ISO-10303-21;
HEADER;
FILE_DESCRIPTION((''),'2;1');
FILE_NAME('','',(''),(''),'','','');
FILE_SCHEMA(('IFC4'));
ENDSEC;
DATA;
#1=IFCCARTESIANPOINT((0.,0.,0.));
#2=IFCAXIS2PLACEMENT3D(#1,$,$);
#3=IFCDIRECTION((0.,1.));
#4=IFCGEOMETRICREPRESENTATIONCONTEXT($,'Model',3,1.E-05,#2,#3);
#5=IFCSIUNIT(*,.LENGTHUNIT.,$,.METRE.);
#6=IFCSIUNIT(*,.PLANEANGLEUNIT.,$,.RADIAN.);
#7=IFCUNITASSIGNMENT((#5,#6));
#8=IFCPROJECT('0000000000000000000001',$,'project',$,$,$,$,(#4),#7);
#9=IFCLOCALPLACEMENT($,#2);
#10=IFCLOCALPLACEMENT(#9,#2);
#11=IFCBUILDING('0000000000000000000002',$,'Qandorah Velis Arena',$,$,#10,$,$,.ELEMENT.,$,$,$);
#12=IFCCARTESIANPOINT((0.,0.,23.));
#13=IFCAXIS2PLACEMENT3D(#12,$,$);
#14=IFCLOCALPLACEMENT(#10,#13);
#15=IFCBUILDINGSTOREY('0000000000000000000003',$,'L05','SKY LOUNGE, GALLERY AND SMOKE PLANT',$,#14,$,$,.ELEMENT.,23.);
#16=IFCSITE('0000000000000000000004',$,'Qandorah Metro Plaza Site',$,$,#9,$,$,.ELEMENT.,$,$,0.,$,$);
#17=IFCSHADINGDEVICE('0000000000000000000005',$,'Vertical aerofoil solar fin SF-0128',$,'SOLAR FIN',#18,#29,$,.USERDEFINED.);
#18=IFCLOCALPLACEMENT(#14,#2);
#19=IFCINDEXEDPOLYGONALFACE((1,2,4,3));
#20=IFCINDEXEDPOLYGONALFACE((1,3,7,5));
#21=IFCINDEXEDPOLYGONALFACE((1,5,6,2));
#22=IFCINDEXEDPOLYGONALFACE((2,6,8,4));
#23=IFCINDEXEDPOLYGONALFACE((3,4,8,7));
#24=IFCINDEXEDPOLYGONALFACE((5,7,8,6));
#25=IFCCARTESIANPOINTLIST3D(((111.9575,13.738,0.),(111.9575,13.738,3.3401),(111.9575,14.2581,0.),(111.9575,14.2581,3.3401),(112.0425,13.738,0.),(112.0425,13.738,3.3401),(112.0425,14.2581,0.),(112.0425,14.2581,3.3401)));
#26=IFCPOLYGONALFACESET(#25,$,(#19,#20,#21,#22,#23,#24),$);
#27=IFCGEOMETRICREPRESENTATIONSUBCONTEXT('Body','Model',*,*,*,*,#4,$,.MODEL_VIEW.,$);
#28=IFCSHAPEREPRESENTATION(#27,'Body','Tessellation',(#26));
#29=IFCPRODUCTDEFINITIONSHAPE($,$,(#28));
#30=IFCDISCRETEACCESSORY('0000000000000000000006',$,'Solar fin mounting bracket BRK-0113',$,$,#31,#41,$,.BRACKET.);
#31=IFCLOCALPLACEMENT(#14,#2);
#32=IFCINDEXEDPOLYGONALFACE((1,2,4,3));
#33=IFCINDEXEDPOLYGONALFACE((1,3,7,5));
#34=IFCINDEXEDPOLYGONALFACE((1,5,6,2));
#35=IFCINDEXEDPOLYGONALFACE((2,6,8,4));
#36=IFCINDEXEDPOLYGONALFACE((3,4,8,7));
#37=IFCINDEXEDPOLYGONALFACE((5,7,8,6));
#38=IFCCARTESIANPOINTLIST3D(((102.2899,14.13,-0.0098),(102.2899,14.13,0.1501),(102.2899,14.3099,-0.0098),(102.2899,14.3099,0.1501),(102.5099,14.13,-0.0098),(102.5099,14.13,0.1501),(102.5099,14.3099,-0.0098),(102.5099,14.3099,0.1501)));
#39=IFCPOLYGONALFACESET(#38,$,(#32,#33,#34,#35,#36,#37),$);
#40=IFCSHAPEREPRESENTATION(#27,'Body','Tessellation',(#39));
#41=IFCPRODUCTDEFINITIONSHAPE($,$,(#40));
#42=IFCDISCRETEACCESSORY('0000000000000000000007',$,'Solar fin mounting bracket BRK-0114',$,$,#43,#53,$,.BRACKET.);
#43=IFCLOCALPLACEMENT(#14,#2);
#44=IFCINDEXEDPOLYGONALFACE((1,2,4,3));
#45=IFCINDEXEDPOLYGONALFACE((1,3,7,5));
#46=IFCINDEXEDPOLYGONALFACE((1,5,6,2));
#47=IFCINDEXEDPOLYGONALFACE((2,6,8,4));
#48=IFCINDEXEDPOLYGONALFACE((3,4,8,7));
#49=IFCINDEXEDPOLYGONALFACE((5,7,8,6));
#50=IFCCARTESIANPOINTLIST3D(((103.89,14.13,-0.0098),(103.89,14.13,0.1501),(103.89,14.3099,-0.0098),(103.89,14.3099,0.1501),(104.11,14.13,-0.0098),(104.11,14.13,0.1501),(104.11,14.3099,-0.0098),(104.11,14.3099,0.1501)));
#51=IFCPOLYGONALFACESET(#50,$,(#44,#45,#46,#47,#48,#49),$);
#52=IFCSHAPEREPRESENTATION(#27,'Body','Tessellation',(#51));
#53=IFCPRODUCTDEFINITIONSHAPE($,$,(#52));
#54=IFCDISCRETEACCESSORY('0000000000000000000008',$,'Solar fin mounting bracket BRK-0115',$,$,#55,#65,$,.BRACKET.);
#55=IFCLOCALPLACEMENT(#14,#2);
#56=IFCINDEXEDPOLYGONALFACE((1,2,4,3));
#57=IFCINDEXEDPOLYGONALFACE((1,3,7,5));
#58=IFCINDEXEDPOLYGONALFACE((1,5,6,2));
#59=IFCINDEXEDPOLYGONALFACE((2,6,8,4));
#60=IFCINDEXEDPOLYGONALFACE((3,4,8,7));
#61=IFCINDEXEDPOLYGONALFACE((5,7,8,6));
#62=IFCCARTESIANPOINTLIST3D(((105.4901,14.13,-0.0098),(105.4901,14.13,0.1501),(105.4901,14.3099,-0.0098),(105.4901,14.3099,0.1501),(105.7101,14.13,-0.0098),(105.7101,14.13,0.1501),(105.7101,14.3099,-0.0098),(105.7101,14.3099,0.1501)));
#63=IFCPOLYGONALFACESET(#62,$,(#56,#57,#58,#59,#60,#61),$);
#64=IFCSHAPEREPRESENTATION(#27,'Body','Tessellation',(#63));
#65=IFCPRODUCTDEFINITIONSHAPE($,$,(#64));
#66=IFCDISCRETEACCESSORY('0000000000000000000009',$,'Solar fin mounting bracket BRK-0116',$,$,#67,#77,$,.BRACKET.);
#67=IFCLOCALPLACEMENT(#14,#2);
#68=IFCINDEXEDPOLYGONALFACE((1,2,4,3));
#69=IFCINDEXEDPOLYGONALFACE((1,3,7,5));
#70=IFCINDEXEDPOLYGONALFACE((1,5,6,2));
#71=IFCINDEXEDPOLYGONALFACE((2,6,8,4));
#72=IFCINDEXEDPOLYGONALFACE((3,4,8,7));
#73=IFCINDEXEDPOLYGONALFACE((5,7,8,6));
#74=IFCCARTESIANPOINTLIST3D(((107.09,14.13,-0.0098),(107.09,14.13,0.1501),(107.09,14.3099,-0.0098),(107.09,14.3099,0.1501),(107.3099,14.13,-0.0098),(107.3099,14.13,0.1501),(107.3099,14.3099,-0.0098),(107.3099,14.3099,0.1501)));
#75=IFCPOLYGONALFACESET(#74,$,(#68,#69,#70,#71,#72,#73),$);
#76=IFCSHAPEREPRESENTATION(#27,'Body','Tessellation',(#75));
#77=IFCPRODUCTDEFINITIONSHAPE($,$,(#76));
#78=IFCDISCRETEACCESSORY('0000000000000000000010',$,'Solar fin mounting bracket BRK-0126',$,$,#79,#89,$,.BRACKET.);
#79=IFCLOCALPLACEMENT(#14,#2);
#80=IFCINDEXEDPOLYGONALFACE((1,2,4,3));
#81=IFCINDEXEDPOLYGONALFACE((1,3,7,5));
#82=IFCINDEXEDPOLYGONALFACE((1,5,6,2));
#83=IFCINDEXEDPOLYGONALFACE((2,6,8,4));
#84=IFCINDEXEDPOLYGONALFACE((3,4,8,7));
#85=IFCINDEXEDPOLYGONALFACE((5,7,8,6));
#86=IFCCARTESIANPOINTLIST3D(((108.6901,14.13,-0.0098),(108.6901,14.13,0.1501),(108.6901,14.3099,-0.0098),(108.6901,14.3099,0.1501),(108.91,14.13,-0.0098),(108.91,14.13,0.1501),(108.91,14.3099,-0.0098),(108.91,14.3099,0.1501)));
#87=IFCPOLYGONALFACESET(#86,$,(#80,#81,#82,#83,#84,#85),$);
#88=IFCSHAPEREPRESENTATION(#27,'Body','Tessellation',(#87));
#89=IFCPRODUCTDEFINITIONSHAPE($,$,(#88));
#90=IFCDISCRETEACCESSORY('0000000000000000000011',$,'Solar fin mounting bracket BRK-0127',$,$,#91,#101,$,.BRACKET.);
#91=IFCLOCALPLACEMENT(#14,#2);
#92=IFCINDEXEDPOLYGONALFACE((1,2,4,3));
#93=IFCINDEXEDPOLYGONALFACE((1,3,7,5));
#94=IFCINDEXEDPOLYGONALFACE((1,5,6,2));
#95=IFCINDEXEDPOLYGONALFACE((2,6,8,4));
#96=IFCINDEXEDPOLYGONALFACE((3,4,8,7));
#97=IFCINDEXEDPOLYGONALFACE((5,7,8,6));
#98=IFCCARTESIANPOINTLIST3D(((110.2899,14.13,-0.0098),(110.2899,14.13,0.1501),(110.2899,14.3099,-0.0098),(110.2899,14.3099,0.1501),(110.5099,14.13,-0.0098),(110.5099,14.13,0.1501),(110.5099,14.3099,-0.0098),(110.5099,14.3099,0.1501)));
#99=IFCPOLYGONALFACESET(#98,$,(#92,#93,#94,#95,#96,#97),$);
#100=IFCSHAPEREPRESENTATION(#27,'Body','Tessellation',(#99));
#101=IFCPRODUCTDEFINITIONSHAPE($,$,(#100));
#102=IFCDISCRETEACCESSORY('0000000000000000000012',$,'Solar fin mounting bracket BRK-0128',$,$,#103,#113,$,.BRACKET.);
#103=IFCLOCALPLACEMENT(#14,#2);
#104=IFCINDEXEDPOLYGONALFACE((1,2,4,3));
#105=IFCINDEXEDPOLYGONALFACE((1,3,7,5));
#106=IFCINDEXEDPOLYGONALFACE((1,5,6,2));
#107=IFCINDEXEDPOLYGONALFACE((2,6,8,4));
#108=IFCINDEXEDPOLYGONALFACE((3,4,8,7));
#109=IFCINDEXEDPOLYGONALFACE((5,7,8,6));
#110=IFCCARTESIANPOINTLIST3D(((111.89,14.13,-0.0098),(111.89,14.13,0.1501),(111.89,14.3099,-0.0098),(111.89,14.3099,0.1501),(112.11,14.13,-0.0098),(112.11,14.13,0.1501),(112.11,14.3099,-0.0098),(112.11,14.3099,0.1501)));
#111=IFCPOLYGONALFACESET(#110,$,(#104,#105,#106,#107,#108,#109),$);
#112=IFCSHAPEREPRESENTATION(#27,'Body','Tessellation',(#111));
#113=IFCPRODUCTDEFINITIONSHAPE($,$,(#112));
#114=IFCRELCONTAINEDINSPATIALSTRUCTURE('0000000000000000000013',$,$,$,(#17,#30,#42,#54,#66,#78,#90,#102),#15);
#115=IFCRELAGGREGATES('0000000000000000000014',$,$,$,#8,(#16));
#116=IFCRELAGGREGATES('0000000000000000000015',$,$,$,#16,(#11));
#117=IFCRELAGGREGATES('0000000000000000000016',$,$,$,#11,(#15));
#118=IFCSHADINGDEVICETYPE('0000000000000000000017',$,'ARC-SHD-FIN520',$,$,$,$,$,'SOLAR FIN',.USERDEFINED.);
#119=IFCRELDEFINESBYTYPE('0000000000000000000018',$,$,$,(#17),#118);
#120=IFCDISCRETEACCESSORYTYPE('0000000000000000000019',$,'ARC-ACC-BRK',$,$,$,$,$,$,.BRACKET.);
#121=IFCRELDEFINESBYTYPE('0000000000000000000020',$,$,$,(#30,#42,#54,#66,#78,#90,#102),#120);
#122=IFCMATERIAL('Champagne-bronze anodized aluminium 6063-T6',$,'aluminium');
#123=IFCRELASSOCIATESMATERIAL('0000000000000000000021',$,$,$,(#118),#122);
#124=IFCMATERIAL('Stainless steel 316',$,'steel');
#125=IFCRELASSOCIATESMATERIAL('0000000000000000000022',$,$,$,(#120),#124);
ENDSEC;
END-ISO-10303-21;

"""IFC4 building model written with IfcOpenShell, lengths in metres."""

from ifc_helpers import new_model, si_unit, direction, frame, origin, origin_2d, place, context, subcontext, project, spatial, rectangle, extrude, material, type_object, element, save


model = new_model("IFC4")

# Units and contexts
model_context = context("Model", 3, precision=1e-05, world=origin(), true_north=direction((0.0, 1.0)))
body_context = subcontext(model_context, "Body", "Model", "MODEL_VIEW")
ifc_project = project(units=[si_unit("LENGTHUNIT", "METRE"), si_unit("PLANEANGLEUNIT", "RADIAN")], contexts=[model_context])

# Site, building, storey
site_placement = place(None, origin())
site = spatial("IfcSite", under=ifc_project, at=site_placement, Name="Qandorah Metro Plaza Site", CompositionType="ELEMENT", RefElevation=0.0)
building_placement = place(site_placement, origin())
building = spatial("IfcBuilding", under=site, at=building_placement, Name="Qandorah Velis Arena", CompositionType="ELEMENT")
storey_placement = place(building_placement, frame((0.0, 0.0, 23.0)))
storey = spatial("IfcBuildingStorey", under=building, at=storey_placement, Name="L05", Description="SKY LOUNGE, GALLERY AND SMOKE PLANT", CompositionType="ELEMENT", Elevation=23.0)

# Shared definitions
ifc_material_1 = material(Name="Champagne-bronze anodized aluminium 6063-T6", Category="aluminium")

# Shading device
shading_device_type = type_object("IfcShadingDeviceType", Name="ARC-SHD-FIN520", ElementType="SOLAR FIN", PredefinedType="USERDEFINED", material=ifc_material_1)
for number, where, z_axis, x_axis, name in (
    (1, (112.0, 13.998, 0.0), (0.0, 0.0, 1.0), (1.0, 0.0, 0.0), "Vertical aerofoil solar fin SF-0128"),
):
    element("IfcShadingDevice", number, at=place(storey_placement, frame(where, z_axis=z_axis, x_axis=x_axis)), inside=storey, type_object=shading_device_type, Name=name, ObjectType="SOLAR FIN", PredefinedType="USERDEFINED", context=body_context, shape_type="SweptSolid", body=[
        extrude(rectangle(XDim=0.085, YDim=0.52, at=origin_2d()), origin(), (0.0, 0.0, 1.0), 3.3401),
    ])

# Discrete accessories
ifc_material_2 = material(Name="Stainless steel 316", Category="steel")
discrete_accessory_type = type_object("IfcDiscreteAccessoryType", Name="ARC-ACC-BRK", PredefinedType="BRACKET", material=ifc_material_2)
for number, where, z_axis, x_axis, name in (
    (2, (102.3999, 14.22, -0.0098), (0.0, 0.0, 1.0), (1.0, 0.0, 0.0), "Solar fin mounting bracket BRK-0113"),
    (3, (104.0, 14.22, -0.0098), (0.0, 0.0, 1.0), (1.0, 0.0, 0.0), "Solar fin mounting bracket BRK-0114"),
    (4, (105.6001, 14.22, -0.0098), (0.0, 0.0, 1.0), (1.0, 0.0, 0.0), "Solar fin mounting bracket BRK-0115"),
    (5, (107.2, 14.22, -0.0098), (0.0, 0.0, 1.0), (1.0, 0.0, 0.0), "Solar fin mounting bracket BRK-0116"),
    (6, (108.8, 14.22, -0.0098), (0.0, 0.0, 1.0), (1.0, 0.0, 0.0), "Solar fin mounting bracket BRK-0126"),
    (7, (110.3999, 14.22, -0.0098), (0.0, 0.0, 1.0), (1.0, 0.0, 0.0), "Solar fin mounting bracket BRK-0127"),
    (8, (112.0, 14.22, -0.0098), (0.0, 0.0, 1.0), (1.0, 0.0, 0.0), "Solar fin mounting bracket BRK-0128"),
):
    element("IfcDiscreteAccessory", number, at=place(storey_placement, frame(where, z_axis=z_axis, x_axis=x_axis)), inside=storey, type_object=discrete_accessory_type, Name=name, PredefinedType="BRACKET", context=body_context, shape_type="SweptSolid", body=[
        extrude(rectangle(XDim=0.22, YDim=0.1799, at=origin_2d()), origin(), (0.0, 0.0, 1.0), 0.1599),
    ])

save(model, "model.ifc")
